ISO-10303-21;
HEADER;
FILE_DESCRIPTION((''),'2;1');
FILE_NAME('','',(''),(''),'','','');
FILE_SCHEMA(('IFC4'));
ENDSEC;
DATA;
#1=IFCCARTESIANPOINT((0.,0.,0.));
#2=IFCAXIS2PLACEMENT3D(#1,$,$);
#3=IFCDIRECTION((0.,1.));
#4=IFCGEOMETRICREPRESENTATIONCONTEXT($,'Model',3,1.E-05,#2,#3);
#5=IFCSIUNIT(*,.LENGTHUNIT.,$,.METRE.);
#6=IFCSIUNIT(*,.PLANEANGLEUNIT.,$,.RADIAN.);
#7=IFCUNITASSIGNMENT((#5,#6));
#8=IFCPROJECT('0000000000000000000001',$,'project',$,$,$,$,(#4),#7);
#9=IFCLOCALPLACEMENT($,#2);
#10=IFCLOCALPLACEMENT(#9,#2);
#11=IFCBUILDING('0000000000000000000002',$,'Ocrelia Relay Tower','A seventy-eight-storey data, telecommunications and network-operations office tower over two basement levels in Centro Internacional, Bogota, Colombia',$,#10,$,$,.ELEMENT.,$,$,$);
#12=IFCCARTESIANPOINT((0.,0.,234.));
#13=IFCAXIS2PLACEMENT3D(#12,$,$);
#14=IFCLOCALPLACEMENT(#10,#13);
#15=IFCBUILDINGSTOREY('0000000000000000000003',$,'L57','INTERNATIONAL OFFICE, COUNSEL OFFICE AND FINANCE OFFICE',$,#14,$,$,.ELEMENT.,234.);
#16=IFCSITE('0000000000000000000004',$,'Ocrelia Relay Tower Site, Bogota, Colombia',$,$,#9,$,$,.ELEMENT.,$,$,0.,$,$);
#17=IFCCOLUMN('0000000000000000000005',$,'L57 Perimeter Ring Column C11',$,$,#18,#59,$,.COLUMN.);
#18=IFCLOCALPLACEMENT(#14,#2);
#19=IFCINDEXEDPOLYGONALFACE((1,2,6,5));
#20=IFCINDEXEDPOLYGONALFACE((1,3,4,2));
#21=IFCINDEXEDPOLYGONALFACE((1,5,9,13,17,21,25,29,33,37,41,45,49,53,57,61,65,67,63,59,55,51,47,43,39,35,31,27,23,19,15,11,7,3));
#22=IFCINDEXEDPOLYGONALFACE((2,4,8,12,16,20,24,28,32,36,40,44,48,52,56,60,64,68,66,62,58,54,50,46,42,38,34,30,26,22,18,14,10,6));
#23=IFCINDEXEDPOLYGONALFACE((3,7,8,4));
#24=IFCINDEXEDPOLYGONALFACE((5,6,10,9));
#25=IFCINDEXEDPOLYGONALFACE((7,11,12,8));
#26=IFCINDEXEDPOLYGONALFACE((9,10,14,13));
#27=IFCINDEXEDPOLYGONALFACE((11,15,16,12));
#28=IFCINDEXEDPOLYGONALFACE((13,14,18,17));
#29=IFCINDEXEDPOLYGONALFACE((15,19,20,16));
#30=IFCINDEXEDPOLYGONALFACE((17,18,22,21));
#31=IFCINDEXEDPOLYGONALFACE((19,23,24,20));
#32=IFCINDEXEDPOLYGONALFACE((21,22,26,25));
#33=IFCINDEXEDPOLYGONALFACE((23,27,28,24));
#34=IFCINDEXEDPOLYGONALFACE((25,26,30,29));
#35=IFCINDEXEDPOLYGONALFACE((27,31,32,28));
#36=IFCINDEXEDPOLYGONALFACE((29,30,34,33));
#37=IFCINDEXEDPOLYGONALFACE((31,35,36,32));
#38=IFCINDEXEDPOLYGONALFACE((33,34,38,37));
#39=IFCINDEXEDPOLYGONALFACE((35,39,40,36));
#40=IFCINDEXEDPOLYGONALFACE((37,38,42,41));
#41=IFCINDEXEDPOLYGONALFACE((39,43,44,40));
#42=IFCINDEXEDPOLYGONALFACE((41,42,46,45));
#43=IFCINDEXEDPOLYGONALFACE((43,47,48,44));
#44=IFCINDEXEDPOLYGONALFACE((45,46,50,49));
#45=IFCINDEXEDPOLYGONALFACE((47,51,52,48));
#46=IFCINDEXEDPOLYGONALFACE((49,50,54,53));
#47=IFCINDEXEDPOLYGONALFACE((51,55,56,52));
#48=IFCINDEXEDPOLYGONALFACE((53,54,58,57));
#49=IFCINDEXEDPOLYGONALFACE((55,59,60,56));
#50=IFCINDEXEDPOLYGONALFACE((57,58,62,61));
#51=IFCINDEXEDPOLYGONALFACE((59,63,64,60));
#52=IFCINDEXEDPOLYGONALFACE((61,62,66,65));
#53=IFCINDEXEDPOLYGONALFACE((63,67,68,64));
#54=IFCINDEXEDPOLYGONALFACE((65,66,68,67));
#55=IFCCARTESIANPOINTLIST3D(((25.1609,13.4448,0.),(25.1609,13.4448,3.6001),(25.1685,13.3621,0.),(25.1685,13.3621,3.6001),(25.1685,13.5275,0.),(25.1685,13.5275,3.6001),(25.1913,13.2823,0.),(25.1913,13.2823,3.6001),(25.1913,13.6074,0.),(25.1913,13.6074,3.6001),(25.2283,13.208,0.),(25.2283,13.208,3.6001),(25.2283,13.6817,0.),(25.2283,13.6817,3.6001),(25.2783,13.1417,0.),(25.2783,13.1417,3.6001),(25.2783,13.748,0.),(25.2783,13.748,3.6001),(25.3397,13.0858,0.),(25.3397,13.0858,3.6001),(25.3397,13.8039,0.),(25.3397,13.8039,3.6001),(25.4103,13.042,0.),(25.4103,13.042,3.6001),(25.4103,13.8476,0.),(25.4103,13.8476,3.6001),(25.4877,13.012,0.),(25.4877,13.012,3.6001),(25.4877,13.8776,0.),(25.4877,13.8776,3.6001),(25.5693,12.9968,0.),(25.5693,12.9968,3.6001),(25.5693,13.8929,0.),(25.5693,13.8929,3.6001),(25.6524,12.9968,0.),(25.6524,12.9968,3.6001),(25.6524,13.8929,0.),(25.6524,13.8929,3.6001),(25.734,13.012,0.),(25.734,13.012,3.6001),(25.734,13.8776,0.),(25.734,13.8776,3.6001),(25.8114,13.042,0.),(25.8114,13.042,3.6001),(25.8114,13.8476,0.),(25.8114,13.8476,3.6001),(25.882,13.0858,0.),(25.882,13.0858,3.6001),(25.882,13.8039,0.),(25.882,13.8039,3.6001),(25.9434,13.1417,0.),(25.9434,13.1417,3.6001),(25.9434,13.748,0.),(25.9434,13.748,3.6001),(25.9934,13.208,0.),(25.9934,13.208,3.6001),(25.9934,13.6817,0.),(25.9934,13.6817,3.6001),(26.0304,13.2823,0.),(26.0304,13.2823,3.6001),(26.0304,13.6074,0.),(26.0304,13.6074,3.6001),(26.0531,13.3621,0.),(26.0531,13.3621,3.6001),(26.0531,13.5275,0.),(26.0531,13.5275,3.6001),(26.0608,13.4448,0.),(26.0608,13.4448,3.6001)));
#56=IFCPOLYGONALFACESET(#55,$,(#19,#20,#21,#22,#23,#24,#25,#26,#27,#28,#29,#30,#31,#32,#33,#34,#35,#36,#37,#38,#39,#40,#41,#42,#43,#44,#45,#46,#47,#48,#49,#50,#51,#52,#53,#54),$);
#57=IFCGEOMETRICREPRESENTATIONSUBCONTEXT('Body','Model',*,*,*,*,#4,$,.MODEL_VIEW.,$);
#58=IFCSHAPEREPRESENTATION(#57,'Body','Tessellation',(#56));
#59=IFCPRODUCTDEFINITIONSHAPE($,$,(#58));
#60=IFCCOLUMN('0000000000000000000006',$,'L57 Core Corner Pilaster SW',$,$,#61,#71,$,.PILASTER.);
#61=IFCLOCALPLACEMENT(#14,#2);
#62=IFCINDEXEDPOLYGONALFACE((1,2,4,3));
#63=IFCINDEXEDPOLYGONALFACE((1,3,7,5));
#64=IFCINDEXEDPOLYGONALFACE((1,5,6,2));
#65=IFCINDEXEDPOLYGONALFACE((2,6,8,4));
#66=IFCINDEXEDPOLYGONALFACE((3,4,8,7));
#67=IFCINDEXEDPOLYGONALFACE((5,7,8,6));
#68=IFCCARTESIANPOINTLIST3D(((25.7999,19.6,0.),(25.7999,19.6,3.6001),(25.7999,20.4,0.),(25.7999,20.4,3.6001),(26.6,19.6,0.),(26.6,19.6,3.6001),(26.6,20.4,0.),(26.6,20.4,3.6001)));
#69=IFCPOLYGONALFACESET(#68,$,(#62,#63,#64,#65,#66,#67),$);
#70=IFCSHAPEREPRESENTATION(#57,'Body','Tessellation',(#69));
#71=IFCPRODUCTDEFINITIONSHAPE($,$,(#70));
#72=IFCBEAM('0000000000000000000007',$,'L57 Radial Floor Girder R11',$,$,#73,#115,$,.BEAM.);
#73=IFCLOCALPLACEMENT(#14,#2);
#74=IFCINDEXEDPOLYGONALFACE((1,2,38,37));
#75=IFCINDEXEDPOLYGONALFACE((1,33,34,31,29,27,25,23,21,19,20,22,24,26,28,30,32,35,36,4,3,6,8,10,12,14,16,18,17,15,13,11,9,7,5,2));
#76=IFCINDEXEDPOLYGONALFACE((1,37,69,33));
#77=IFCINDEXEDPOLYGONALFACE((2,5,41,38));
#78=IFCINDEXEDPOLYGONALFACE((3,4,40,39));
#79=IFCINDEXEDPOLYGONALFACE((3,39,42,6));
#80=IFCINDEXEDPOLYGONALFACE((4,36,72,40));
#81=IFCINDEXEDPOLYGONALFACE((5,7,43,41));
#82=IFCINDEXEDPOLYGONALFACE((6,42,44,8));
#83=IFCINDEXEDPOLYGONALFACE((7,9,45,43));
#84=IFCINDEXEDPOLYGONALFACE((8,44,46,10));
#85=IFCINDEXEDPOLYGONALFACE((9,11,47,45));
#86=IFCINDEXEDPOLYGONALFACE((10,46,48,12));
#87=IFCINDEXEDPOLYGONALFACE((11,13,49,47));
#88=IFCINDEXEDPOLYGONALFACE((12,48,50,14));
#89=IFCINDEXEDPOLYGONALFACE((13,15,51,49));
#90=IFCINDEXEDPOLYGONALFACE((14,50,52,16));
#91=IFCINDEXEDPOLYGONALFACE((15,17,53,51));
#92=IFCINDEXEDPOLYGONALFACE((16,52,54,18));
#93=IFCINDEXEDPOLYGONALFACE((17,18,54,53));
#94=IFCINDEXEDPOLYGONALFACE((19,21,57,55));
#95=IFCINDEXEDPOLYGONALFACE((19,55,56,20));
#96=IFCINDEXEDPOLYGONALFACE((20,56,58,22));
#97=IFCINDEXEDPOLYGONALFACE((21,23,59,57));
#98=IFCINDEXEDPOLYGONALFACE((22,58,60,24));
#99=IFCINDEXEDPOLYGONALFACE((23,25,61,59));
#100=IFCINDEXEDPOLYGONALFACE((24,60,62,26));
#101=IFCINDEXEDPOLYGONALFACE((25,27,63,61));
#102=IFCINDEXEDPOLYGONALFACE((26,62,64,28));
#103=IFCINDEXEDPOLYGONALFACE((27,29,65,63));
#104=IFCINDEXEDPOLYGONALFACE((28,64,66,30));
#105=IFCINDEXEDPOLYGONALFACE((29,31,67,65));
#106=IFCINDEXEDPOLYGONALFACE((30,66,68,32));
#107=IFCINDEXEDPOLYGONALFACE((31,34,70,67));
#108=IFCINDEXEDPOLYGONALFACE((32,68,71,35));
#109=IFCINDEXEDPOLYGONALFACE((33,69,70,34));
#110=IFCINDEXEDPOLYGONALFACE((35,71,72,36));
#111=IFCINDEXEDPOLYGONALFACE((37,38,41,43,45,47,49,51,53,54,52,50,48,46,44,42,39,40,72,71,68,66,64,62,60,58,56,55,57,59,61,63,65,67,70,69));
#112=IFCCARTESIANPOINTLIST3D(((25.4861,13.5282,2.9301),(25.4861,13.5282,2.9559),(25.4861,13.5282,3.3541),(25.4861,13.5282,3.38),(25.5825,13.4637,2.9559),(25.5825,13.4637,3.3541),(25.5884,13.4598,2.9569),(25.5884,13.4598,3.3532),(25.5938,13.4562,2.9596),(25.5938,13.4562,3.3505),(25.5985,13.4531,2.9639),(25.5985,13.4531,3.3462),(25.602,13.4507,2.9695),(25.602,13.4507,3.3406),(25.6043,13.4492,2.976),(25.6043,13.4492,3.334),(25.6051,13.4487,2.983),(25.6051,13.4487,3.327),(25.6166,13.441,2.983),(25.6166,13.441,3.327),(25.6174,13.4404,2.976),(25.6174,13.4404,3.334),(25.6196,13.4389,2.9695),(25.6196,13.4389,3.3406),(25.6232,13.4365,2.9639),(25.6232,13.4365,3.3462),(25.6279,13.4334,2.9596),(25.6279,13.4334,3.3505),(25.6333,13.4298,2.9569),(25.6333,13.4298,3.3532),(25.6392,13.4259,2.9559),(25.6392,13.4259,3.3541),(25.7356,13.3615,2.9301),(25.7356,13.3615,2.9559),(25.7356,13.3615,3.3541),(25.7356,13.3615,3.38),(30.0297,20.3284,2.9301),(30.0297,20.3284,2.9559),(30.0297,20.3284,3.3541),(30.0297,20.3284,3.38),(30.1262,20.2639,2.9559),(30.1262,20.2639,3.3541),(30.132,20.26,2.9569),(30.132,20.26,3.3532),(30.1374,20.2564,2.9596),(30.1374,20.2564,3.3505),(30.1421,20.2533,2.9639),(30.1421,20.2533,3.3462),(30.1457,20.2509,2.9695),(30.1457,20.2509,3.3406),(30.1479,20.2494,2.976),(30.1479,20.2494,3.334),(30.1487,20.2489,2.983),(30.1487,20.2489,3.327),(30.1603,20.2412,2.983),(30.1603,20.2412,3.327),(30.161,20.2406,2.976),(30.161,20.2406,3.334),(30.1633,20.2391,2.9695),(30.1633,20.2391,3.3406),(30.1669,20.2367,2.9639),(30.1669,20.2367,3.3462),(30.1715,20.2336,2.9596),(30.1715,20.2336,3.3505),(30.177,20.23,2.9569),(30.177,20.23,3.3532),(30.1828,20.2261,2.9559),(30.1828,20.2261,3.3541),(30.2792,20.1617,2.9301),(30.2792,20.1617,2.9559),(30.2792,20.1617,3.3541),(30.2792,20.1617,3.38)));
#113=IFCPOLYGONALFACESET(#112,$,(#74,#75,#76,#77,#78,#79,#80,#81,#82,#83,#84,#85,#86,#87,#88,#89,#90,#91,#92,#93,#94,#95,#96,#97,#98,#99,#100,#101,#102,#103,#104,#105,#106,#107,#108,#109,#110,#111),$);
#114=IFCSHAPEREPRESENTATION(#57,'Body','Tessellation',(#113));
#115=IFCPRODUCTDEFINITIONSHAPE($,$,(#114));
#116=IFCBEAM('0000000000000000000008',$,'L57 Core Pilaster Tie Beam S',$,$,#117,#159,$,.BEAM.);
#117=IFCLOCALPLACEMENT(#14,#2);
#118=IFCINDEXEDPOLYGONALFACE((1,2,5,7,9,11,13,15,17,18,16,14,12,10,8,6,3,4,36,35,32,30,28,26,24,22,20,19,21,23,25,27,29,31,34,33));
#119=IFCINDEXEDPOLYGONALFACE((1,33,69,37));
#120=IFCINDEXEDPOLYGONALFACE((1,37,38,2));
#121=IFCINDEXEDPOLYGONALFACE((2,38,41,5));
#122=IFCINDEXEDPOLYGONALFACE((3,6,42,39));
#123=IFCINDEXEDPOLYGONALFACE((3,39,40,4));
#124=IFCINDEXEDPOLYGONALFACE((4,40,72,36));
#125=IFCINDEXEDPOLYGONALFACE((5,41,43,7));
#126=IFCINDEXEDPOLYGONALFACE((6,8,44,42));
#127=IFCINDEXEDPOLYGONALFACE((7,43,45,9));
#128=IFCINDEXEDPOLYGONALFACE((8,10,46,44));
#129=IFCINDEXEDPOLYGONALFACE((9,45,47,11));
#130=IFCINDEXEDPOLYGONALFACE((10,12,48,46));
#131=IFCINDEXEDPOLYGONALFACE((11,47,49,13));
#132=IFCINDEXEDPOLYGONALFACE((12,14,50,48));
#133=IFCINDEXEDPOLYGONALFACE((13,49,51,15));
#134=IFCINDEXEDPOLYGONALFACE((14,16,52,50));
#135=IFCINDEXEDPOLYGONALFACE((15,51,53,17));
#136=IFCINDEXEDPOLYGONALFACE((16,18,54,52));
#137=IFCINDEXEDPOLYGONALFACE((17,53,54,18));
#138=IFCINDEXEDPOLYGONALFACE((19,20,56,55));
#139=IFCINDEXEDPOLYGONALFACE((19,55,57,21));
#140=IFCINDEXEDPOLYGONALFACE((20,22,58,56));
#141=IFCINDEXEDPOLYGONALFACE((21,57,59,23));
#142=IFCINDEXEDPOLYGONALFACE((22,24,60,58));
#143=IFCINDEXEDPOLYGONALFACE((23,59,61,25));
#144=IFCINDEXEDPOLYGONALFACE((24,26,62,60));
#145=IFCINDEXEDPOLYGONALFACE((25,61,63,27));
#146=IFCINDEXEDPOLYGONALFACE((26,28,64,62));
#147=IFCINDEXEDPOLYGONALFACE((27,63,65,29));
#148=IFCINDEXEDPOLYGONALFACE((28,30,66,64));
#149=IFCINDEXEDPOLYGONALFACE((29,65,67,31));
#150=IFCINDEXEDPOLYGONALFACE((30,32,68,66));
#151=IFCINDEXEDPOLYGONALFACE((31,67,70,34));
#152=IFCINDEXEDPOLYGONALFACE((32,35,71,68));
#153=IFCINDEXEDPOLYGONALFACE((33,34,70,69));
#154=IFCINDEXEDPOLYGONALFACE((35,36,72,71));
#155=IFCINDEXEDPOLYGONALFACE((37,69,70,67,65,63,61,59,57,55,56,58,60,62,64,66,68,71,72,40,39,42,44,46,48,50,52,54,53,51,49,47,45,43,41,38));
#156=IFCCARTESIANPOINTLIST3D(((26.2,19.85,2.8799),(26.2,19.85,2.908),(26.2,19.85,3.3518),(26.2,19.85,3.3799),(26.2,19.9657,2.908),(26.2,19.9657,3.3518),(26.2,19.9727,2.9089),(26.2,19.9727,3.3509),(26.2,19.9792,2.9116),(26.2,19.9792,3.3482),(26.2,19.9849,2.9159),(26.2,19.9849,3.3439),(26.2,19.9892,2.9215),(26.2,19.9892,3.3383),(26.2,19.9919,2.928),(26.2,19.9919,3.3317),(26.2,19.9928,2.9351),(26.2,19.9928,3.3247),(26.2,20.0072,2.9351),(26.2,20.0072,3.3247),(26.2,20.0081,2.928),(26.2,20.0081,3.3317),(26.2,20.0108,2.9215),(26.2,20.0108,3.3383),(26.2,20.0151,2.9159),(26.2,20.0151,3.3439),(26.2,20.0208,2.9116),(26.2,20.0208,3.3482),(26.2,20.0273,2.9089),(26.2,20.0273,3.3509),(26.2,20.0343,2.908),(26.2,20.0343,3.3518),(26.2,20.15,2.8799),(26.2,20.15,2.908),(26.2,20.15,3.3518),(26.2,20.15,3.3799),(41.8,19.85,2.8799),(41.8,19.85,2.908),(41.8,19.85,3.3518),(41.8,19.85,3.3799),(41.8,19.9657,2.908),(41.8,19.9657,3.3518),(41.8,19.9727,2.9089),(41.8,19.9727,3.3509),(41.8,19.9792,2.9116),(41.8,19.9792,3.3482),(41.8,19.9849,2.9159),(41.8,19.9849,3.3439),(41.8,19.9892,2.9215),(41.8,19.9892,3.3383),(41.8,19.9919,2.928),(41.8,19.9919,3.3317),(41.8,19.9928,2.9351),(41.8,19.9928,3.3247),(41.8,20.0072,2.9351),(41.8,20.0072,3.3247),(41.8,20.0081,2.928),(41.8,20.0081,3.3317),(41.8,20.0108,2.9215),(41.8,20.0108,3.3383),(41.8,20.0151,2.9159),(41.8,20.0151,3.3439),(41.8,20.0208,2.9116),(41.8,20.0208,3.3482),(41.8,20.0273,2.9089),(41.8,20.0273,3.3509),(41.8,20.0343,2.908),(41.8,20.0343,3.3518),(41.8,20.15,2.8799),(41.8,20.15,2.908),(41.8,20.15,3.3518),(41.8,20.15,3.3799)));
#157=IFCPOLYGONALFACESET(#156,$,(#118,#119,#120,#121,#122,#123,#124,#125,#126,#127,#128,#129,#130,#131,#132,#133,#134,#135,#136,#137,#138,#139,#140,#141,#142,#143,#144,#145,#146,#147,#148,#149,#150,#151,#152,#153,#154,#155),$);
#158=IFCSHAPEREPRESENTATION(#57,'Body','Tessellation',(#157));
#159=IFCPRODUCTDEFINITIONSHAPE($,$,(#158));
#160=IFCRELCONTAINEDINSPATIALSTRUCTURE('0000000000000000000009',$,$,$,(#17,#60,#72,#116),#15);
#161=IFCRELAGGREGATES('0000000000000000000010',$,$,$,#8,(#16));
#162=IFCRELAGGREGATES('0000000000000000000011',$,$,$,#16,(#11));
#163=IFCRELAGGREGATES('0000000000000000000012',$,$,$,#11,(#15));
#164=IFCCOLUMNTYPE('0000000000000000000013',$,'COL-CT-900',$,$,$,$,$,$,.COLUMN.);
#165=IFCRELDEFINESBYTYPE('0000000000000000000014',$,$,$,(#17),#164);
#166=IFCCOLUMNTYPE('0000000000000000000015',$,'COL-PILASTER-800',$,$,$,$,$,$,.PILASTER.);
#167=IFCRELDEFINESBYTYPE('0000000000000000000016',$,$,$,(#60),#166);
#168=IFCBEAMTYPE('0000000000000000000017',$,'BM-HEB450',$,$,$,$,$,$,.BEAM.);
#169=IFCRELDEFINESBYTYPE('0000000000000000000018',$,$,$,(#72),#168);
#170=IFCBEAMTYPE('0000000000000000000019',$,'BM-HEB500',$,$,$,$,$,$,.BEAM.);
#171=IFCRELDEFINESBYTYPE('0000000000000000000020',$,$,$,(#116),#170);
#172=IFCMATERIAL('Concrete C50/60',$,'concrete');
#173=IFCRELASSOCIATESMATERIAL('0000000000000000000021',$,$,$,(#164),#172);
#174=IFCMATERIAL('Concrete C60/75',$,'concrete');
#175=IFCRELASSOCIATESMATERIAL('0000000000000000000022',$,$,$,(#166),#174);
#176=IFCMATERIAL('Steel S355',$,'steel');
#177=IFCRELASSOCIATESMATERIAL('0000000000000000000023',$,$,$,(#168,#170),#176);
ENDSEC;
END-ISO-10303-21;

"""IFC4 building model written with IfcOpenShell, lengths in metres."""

from ifc_helpers import new_model, si_unit, direction, frame, origin, origin_2d, place, context, subcontext, project, spatial, rectangle, circle, i_section, extrude, material, material_profile, profile_set, type_object, element, save


model = new_model("IFC4")

# Units and contexts
model_context = context("Model", 3, precision=1e-05, world=origin(), true_north=direction((0.0, 1.0)))
body_context = subcontext(model_context, "Body", "Model", "MODEL_VIEW")
ifc_project = project(units=[si_unit("LENGTHUNIT", "METRE"), si_unit("PLANEANGLEUNIT", "RADIAN")], contexts=[model_context])

# Site, building, storey
site_placement = place(None, origin())
site = spatial("IfcSite", under=ifc_project, at=site_placement, Name="Ocrelia Relay Tower Site, Bogota, Colombia", CompositionType="ELEMENT", RefElevation=0.0)
building_placement = place(site_placement, origin())
building = spatial("IfcBuilding", under=site, at=building_placement, Name="Ocrelia Relay Tower", Description="A seventy-eight-storey data, telecommunications and network-operations office tower over two basement levels in Centro Internacional, Bogota, Colombia", CompositionType="ELEMENT")
storey_placement = place(building_placement, frame((0.0, 0.0, 234.0)))
storey = spatial("IfcBuildingStorey", under=building, at=storey_placement, Name="L57", Description="INTERNATIONAL OFFICE, COUNSEL OFFICE AND FINANCE OFFICE", CompositionType="ELEMENT", Elevation=234.0)

# Columns
ifc_material_1 = material(Name="Concrete C50/60", Category="concrete")
ifc_material_profile_1 = material_profile(ifc_material_1, circle(Radius=0.45, at=origin_2d()), Name="RC-CIR-900")
ifc_profile_set_1 = profile_set([ifc_material_profile_1], Name="Concrete C50/60")
column_type_1 = type_object("IfcColumnType", Name="COL-CT-900", PredefinedType="COLUMN", material=ifc_profile_set_1)
column_1_placement = place(storey_placement, frame((25.6108, 13.4448, 0.0), z_axis=(0.0, 0.0, 1.0), x_axis=(1.0, 0.0, 0.0)))
element("IfcColumn", 1, at=column_1_placement, inside=storey, type_object=column_type_1, Name="L57 Perimeter Ring Column C11", PredefinedType="COLUMN", context=body_context, shape_type="SweptSolid", body=[
    extrude(circle(Radius=0.45, at=origin_2d()), origin(), (0.0, 0.0, 1.0), 3.6001),
])
ifc_material_2 = material(Name="Concrete C60/75", Category="concrete")
ifc_material_profile_2 = material_profile(ifc_material_2, rectangle(XDim=0.8, YDim=0.8, at=origin_2d()), Name="RC-COL-800x800")
ifc_profile_set_2 = profile_set([ifc_material_profile_2], Name="Concrete C60/75")
column_type_2 = type_object("IfcColumnType", Name="COL-PILASTER-800", PredefinedType="PILASTER", material=ifc_profile_set_2)
column_2_placement = place(storey_placement, frame((26.2, 20.0, 0.0), z_axis=(0.0, 0.0, 1.0), x_axis=(1.0, 0.0, 0.0)))
element("IfcColumn", 2, at=column_2_placement, inside=storey, type_object=column_type_2, Name="L57 Core Corner Pilaster SW", PredefinedType="PILASTER", context=body_context, shape_type="SweptSolid", body=[
    extrude(rectangle(XDim=0.8, YDim=0.8, at=origin_2d()), origin(), (0.0, 0.0, 1.0), 3.6001),
])

# Beams
ifc_material_3 = material(Name="Steel S355", Category="steel")
ifc_material_profile_3 = material_profile(ifc_material_3, i_section(OverallWidth=0.3, OverallDepth=0.45, WebThickness=0.0139, FlangeThickness=0.0259, FilletRadius=0.0271, at=origin_2d()), Name="HEB 450")
ifc_profile_set_3 = profile_set([ifc_material_profile_3], Name="Steel S355")
beam_type_1 = type_object("IfcBeamType", Name="BM-HEB450", PredefinedType="BEAM", material=ifc_profile_set_3)
beam_1_placement = place(storey_placement, frame((25.6108, 13.4448, 3.155), z_axis=(0.555561, 0.831476, 0.0), x_axis=(-0.831476, 0.555561, 0.0)))
element("IfcBeam", 3, at=beam_1_placement, inside=storey, type_object=beam_type_1, Name="L57 Radial Floor Girder R11", PredefinedType="BEAM", context=body_context, shape_type="SweptSolid", body=[
    extrude(i_section(OverallWidth=0.3, OverallDepth=0.45, WebThickness=0.0139, FlangeThickness=0.0259, FilletRadius=0.0271, at=origin_2d()), origin(), (0.0, 0.0, 1.0), 8.1785),
])
ifc_material_profile_4 = material_profile(ifc_material_3, i_section(OverallWidth=0.3, OverallDepth=0.5, WebThickness=0.0144, FlangeThickness=0.0281, FilletRadius=0.0271, at=origin_2d()), Name="HEB 500")
ifc_profile_set_4 = profile_set([ifc_material_profile_4], Name="Steel S355")
beam_type_2 = type_object("IfcBeamType", Name="BM-HEB500", PredefinedType="BEAM", material=ifc_profile_set_4)
beam_2_placement = place(storey_placement, frame((26.2, 20.0, 3.1299), z_axis=(1.0, 0.0, 0.0), x_axis=(0.0, 1.0, 0.0)))
element("IfcBeam", 4, at=beam_2_placement, inside=storey, type_object=beam_type_2, Name="L57 Core Pilaster Tie Beam S", PredefinedType="BEAM", context=body_context, shape_type="SweptSolid", body=[
    extrude(i_section(OverallWidth=0.3, OverallDepth=0.5, WebThickness=0.0144, FlangeThickness=0.0281, FilletRadius=0.0271, at=origin_2d()), origin(), (0.0, 0.0, 1.0), 15.6001),
])

save(model, "model.ifc")
